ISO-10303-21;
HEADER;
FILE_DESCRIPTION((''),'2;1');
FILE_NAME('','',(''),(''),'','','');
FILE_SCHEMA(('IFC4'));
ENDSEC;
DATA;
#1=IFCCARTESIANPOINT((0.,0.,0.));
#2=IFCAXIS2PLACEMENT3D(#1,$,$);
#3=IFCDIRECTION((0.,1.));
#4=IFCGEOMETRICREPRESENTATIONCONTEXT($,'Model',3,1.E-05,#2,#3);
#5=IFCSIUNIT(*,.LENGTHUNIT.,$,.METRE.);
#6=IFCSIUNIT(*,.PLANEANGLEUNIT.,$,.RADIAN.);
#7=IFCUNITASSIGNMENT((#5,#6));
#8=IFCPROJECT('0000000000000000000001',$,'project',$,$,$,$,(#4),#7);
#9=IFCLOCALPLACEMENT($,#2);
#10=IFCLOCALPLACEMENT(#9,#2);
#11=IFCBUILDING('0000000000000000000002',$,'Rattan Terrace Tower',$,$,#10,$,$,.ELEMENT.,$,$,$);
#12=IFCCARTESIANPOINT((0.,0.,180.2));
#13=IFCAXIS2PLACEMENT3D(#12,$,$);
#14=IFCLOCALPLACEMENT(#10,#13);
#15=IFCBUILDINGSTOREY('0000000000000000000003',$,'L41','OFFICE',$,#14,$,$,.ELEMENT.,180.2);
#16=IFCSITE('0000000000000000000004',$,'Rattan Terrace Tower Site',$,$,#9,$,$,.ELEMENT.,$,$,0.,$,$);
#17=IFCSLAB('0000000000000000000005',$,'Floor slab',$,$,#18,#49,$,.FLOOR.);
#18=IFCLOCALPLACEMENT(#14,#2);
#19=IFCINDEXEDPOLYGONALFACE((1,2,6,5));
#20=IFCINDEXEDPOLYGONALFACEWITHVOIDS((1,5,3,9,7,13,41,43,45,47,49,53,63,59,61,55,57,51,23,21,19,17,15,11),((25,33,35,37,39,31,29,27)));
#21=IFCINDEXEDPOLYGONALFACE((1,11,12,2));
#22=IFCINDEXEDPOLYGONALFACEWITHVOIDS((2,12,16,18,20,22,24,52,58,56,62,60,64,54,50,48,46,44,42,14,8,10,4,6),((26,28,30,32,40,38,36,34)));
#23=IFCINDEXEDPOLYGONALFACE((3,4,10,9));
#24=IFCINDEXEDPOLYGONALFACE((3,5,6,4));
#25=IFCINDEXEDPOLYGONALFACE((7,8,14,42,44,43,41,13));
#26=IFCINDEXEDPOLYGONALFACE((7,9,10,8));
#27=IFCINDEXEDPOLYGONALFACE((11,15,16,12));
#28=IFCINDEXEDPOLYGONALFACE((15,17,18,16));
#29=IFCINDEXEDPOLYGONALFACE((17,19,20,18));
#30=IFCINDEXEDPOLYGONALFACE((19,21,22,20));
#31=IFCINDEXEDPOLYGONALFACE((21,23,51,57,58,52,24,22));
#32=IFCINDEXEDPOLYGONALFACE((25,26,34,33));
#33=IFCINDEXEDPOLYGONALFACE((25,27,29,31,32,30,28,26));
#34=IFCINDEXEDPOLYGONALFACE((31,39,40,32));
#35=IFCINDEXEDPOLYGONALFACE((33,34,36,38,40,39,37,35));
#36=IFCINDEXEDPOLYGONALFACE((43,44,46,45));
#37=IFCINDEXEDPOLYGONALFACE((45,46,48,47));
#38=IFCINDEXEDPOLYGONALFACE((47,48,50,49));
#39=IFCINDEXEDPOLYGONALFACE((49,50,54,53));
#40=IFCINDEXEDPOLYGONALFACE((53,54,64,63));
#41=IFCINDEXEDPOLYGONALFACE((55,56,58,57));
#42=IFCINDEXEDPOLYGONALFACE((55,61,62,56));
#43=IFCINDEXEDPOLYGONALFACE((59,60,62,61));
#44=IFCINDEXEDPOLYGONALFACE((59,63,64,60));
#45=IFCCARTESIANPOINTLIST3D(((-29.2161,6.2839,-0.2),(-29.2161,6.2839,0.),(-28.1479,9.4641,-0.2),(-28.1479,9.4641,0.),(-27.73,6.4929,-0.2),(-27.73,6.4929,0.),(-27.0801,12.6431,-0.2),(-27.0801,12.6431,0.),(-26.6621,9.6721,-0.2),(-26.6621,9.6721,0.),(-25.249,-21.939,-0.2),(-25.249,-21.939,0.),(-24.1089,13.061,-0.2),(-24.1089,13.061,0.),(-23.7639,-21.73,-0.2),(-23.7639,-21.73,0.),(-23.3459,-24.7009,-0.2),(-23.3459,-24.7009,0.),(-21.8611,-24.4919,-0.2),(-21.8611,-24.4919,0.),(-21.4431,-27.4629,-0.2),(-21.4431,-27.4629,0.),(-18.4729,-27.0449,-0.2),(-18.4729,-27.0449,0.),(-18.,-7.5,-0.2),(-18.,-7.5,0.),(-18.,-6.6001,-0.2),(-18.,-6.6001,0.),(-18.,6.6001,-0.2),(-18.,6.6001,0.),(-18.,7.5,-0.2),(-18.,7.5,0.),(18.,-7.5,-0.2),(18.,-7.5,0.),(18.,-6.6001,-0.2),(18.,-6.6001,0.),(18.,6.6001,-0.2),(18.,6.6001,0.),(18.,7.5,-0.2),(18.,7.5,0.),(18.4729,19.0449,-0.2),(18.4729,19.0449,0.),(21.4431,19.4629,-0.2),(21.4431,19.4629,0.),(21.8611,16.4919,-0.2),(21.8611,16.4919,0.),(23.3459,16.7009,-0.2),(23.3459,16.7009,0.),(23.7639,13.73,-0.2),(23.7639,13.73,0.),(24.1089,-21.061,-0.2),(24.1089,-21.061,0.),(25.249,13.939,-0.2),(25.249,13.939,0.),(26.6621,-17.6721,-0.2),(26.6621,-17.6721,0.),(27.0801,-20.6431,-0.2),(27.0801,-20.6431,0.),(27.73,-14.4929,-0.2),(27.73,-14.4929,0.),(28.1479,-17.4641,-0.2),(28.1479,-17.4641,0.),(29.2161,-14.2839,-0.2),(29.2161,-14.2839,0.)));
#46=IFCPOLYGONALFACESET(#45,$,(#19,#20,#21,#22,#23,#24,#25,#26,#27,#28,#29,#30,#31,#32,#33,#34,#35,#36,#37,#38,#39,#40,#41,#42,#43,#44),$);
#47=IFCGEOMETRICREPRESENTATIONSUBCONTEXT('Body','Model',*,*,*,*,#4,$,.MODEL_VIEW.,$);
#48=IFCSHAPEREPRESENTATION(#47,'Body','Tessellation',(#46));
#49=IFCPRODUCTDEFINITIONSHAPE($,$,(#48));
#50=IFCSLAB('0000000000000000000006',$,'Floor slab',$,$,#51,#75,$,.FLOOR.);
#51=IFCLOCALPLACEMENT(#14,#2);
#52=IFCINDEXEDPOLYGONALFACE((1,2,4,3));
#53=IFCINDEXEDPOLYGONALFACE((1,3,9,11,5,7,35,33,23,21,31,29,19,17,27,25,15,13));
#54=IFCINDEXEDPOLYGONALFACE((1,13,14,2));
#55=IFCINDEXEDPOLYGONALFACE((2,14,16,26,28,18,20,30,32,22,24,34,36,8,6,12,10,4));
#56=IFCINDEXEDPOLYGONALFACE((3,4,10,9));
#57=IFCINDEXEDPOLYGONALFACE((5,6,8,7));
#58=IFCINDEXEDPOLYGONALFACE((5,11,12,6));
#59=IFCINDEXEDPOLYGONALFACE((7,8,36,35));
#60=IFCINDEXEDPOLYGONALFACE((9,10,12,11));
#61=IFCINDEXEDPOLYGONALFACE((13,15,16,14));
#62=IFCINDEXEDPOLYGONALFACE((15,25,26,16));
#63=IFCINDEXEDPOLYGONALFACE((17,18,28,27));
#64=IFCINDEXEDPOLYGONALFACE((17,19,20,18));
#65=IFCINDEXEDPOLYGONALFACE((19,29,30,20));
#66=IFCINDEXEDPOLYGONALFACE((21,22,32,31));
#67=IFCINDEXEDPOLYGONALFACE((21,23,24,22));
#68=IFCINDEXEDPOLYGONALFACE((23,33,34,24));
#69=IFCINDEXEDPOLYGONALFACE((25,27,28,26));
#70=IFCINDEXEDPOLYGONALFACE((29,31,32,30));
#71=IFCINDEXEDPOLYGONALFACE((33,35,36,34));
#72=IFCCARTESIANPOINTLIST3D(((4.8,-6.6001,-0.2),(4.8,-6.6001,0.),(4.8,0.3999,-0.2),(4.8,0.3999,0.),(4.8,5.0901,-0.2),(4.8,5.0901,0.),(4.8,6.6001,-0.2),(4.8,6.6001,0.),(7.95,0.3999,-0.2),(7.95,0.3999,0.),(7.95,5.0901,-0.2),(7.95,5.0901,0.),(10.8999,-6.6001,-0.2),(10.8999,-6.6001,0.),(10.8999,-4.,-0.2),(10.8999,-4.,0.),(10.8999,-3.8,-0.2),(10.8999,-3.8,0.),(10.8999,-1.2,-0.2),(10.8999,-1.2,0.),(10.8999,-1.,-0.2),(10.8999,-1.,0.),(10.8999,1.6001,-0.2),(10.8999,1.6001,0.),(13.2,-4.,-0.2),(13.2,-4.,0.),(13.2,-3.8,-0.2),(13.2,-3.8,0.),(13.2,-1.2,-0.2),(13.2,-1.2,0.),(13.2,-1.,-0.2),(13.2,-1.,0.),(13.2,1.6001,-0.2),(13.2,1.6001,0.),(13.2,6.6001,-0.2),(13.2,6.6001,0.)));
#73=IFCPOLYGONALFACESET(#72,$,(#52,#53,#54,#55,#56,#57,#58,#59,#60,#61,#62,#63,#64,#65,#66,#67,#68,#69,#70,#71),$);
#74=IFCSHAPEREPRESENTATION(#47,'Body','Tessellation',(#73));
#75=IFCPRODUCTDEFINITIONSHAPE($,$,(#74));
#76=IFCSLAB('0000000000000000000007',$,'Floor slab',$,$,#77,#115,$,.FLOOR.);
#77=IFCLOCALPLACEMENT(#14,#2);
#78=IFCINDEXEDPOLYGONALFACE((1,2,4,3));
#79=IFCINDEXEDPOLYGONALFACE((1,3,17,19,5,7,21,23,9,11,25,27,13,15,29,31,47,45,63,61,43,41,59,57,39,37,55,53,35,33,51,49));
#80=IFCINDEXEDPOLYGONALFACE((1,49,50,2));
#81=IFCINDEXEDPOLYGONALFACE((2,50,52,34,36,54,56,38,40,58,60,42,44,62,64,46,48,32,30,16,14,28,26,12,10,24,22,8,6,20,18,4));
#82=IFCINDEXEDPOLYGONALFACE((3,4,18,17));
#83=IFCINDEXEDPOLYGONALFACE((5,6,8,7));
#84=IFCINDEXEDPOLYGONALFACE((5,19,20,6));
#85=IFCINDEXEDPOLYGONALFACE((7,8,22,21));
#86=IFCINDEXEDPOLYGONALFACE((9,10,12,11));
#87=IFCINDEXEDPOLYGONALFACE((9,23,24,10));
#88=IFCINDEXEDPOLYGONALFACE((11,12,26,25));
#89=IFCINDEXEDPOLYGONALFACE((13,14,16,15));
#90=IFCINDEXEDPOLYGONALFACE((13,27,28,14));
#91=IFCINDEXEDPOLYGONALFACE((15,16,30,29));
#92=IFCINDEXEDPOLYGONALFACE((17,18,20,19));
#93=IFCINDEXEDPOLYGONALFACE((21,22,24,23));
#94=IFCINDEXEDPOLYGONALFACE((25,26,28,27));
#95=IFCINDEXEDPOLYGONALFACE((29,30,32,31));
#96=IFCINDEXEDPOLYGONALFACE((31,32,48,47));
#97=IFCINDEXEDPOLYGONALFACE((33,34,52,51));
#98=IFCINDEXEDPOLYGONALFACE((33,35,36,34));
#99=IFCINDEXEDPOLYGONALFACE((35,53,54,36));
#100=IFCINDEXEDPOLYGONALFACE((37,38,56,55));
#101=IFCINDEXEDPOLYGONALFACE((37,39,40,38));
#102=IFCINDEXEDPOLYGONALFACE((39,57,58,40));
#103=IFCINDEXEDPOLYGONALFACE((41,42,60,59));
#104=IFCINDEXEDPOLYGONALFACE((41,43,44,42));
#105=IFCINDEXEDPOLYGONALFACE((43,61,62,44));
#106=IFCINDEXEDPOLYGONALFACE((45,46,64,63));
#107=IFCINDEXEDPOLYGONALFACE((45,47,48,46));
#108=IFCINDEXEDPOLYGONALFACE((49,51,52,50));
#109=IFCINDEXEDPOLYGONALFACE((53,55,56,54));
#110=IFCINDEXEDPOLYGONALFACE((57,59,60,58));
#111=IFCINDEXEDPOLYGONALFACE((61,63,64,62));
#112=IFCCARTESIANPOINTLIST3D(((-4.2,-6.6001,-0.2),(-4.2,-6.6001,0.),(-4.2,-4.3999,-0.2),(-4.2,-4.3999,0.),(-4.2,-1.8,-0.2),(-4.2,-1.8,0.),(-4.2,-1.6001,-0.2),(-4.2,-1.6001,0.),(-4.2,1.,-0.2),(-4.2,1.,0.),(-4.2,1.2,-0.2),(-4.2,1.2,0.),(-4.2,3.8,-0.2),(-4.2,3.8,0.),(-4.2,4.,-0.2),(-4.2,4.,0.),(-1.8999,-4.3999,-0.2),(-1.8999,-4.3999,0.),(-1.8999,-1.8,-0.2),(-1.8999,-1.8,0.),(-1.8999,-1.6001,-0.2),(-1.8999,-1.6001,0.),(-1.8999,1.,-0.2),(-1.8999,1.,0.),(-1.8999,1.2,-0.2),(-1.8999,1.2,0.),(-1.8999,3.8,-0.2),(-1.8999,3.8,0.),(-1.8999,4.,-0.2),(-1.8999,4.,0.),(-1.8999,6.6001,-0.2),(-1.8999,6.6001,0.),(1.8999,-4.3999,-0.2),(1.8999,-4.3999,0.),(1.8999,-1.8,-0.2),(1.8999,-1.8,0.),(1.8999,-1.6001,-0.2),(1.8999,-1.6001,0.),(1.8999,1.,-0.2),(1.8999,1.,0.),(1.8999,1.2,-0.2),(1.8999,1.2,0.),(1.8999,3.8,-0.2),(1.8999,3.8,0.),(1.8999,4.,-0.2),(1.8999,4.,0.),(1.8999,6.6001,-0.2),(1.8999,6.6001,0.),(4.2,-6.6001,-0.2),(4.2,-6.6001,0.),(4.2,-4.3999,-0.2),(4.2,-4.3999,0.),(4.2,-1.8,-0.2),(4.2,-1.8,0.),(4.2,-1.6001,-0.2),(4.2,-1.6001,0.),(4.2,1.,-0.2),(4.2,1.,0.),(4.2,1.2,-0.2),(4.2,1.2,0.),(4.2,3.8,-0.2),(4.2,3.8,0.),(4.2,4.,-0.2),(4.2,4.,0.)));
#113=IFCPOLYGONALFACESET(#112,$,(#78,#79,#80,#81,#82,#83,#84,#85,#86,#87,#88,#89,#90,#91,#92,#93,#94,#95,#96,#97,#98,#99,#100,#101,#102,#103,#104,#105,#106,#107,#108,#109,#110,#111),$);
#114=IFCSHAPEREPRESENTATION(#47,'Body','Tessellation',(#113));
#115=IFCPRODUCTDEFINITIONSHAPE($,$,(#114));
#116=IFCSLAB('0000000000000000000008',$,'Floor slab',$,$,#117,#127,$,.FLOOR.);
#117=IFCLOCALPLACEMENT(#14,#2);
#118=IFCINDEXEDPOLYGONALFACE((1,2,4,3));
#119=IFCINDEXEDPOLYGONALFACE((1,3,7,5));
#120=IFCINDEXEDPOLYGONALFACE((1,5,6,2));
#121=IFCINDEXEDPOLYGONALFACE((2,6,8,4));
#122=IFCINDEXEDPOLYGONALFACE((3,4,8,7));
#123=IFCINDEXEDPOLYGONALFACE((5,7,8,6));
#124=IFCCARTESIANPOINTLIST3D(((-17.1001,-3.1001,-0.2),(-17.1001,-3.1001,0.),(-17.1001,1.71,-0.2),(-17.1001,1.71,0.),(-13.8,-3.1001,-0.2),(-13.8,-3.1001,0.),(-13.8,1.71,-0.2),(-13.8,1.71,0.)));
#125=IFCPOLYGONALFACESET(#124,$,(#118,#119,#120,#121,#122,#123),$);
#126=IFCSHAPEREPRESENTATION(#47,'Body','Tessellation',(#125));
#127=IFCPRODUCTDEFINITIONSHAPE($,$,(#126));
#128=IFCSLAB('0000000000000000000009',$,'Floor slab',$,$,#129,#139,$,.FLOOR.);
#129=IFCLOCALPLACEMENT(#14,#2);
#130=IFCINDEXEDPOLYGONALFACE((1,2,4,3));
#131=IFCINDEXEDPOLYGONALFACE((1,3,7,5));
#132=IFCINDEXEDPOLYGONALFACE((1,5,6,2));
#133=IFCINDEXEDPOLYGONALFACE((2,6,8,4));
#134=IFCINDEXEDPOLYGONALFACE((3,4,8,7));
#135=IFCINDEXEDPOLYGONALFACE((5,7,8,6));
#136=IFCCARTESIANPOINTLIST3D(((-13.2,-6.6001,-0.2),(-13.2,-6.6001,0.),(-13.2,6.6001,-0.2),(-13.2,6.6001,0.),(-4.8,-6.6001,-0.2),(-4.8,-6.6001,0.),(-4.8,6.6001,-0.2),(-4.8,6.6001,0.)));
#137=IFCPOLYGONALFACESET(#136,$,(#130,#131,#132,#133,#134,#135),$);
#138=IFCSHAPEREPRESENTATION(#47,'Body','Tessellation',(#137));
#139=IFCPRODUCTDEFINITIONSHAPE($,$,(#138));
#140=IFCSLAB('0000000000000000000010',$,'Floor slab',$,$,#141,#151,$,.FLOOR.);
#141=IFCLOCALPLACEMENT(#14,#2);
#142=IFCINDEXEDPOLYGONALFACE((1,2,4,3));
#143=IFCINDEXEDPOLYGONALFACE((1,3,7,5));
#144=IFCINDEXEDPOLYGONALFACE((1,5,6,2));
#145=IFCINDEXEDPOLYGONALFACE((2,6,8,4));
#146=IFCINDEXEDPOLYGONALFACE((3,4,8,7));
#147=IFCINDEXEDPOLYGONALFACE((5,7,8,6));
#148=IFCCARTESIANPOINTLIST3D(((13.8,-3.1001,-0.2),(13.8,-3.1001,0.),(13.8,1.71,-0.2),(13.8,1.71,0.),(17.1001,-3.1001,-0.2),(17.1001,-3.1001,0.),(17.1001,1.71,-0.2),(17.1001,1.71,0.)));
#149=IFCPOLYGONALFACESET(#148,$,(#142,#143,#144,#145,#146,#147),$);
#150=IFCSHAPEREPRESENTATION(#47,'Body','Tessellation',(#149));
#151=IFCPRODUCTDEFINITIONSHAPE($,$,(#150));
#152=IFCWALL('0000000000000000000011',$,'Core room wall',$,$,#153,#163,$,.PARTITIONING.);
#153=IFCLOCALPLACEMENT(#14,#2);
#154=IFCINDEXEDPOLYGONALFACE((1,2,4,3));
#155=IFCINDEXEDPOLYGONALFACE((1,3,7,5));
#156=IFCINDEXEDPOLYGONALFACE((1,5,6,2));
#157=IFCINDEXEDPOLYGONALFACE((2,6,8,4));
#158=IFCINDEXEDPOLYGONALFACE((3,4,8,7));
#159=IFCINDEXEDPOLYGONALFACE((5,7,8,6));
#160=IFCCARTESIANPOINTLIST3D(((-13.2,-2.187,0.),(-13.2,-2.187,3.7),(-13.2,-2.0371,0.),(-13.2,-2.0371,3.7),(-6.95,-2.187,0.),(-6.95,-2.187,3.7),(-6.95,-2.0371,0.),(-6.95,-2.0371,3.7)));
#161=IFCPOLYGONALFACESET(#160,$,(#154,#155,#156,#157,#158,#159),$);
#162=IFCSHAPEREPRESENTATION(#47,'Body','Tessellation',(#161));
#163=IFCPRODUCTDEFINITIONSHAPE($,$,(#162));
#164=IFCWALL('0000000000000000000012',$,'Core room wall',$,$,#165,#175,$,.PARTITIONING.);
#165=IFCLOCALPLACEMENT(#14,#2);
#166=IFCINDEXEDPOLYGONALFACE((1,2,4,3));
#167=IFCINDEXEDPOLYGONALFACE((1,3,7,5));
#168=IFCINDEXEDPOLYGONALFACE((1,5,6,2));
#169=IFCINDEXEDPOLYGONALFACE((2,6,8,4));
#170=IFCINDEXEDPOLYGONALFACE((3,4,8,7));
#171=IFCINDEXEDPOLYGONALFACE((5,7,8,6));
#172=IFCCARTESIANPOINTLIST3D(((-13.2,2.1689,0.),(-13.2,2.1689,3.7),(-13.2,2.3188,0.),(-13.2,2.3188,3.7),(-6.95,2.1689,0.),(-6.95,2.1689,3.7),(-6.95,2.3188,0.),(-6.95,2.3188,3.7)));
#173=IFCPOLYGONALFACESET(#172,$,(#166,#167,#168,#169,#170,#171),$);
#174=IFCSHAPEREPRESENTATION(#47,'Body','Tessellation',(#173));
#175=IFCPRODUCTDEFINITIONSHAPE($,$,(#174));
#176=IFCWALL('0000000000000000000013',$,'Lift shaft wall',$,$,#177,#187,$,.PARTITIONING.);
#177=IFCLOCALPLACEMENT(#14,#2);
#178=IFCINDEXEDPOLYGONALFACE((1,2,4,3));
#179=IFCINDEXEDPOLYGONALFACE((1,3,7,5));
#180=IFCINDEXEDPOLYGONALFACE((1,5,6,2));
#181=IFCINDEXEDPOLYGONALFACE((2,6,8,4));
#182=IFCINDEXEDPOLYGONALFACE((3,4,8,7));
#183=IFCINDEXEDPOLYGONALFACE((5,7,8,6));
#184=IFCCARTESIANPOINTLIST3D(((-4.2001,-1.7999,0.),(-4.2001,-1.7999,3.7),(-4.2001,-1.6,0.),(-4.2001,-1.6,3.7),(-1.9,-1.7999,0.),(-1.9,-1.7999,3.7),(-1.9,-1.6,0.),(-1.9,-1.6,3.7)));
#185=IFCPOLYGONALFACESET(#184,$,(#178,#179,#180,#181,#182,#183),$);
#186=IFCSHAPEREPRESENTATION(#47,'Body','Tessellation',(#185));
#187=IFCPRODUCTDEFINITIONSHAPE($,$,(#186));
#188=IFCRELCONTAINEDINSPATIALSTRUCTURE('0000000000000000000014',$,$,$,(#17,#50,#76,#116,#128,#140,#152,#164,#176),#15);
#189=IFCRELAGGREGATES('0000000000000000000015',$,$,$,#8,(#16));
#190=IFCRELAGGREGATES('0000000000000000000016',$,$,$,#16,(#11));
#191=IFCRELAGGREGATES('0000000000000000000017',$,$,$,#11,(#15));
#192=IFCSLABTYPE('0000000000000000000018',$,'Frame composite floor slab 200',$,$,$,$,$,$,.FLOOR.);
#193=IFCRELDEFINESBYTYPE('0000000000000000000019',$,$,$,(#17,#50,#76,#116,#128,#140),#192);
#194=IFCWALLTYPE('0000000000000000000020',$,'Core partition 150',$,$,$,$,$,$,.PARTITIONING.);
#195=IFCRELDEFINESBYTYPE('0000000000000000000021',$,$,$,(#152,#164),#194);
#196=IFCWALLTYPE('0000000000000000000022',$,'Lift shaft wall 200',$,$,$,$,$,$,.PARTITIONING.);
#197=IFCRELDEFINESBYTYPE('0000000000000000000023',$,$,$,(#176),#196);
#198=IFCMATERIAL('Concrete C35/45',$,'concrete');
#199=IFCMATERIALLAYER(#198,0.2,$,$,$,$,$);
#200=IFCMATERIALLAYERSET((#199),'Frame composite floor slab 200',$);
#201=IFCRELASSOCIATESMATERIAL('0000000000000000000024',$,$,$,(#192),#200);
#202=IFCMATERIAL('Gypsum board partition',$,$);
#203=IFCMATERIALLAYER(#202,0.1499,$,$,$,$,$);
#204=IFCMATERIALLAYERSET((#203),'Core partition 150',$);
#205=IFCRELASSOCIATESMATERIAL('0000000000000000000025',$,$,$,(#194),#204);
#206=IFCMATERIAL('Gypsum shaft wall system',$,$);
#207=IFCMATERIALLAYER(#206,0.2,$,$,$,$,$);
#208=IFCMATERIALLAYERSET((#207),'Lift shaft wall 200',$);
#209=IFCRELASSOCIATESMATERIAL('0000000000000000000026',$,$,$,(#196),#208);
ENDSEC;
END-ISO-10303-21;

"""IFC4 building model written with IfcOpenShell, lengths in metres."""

from ifc_helpers import new_model, si_unit, direction, frame, frame_2d, origin, place, context, subcontext, project, spatial, polyline, rectangle, outline, extrude, material, layer, layer_set, type_object, element, save


model = new_model("IFC4")

# Units and contexts
model_context = context("Model", 3, precision=1e-05, world=origin(), true_north=direction((0.0, 1.0)))
body_context = subcontext(model_context, "Body", "Model", "MODEL_VIEW")
ifc_project = project(units=[si_unit("LENGTHUNIT", "METRE"), si_unit("PLANEANGLEUNIT", "RADIAN")], contexts=[model_context])

# Site, building, storey
site_placement = place(None, origin())
site = spatial("IfcSite", under=ifc_project, at=site_placement, Name="Rattan Terrace Tower Site", CompositionType="ELEMENT", RefElevation=0.0)
building_placement = place(site_placement, origin())
building = spatial("IfcBuilding", under=site, at=building_placement, Name="Rattan Terrace Tower", CompositionType="ELEMENT")
storey_placement = place(building_placement, frame((0.0, 0.0, 180.2)))
storey = spatial("IfcBuildingStorey", under=building, at=storey_placement, Name="L41", Description="OFFICE", CompositionType="ELEMENT", Elevation=180.2)

# Slabs
ifc_material_1 = material(Name="Concrete C35/45", Category="concrete")
ifc_layer_1 = layer(ifc_material_1, 0.2)
ifc_layer_set_1 = layer_set([ifc_layer_1], Name="Frame composite floor slab 200")
slab_type_1 = type_object("IfcSlabType", Name="Frame composite floor slab 200", PredefinedType="FLOOR", material=ifc_layer_set_1)
slab_1_placement = place(storey_placement, frame((0.0, 0.0, -0.2)))
element("IfcSlab", 1, at=slab_1_placement, inside=storey, type_object=slab_type_1, Name="Floor slab", PredefinedType="FLOOR", context=body_context, shape_type="SweptSolid", body=[
    extrude(outline(polyline([(-18.4729, -27.0449), (24.1089, -21.061), (27.0801, -20.6431), (26.6621, -17.6721), (28.1479, -17.4641), (27.73, -14.4929), (29.2161, -14.2839), (25.249, 13.939), (23.7639, 13.73), (23.3459, 16.7009), (21.8611, 16.4919), (21.4431, 19.4629), (18.4729, 19.0449), (-24.1089, 13.061), (-27.0801, 12.6431), (-26.6621, 9.6721), (-28.1479, 9.4641), (-27.73, 6.4929), (-29.2161, 6.2839), (-25.249, -21.939), (-23.7639, -21.73), (-23.3459, -24.7009), (-21.8611, -24.4919), (-21.4431, -27.4629), (-18.4729, -27.0449)]), holes=[polyline([(-18.0, -7.5), (18.0, -7.5), (18.0, -6.6001), (18.0, 6.6001), (18.0, 7.5), (-18.0, 7.5), (-18.0, 6.6001), (-18.0, -6.6001), (-18.0, -7.5)])]), origin(), (0.0, 0.0, 1.0), 0.2),
])
slab_2_placement = place(storey_placement, frame((0.0, 0.0, -0.2)))
element("IfcSlab", 2, at=slab_2_placement, inside=storey, type_object=slab_type_1, Name="Floor slab", PredefinedType="FLOOR", context=body_context, shape_type="SweptSolid", body=[
    extrude(outline(polyline([(13.2, 6.6001), (4.8, 6.6001), (4.8, 5.0901), (7.95, 5.0901), (7.95, 0.3999), (4.8, 0.3999), (4.8, -6.6001), (10.8999, -6.6001), (10.8999, -4.0), (13.2, -4.0), (13.2, -3.8), (10.8999, -3.8), (10.8999, -1.2), (13.2, -1.2), (13.2, -1.0), (10.8999, -1.0), (10.8999, 1.6001), (13.2, 1.6001), (13.2, 6.6001)])), origin(), (0.0, 0.0, 1.0), 0.2),
])
slab_3_placement = place(storey_placement, frame((0.0, 0.0, -0.2)))
element("IfcSlab", 3, at=slab_3_placement, inside=storey, type_object=slab_type_1, Name="Floor slab", PredefinedType="FLOOR", context=body_context, shape_type="SweptSolid", body=[
    extrude(outline(polyline([(1.8999, 6.6001), (-1.8999, 6.6001), (-1.8999, 4.0), (-4.2, 4.0), (-4.2, 3.8), (-1.8999, 3.8), (-1.8999, 1.2), (-4.2, 1.2), (-4.2, 1.0), (-1.8999, 1.0), (-1.8999, -1.6001), (-4.2, -1.6001), (-4.2, -1.8), (-1.8999, -1.8), (-1.8999, -4.3999), (-4.2, -4.3999), (-4.2, -6.6001), (4.2, -6.6001), (4.2, -4.3999), (1.8999, -4.3999), (1.8999, -1.8), (4.2, -1.8), (4.2, -1.6001), (1.8999, -1.6001), (1.8999, 1.0), (4.2, 1.0), (4.2, 1.2), (1.8999, 1.2), (1.8999, 3.8), (4.2, 3.8), (4.2, 4.0), (1.8999, 4.0), (1.8999, 6.6001)])), origin(), (0.0, 0.0, 1.0), 0.2),
])
slab_4_placement = place(storey_placement, frame((0.0, 0.0, -0.2)))
element("IfcSlab", 4, at=slab_4_placement, inside=storey, type_object=slab_type_1, Name="Floor slab", PredefinedType="FLOOR", context=body_context, shape_type="SweptSolid", body=[
    extrude(outline(polyline([(-17.1001, -3.1001), (-13.8, -3.1001), (-13.8, 1.71), (-17.1001, 1.71), (-17.1001, -3.1001)])), origin(), (0.0, 0.0, 1.0), 0.2),
])
slab_5_placement = place(storey_placement, frame((0.0, 0.0, -0.2)))
element("IfcSlab", 5, at=slab_5_placement, inside=storey, type_object=slab_type_1, Name="Floor slab", PredefinedType="FLOOR", context=body_context, shape_type="SweptSolid", body=[
    extrude(outline(polyline([(-4.8, -6.6001), (-4.8, 6.6001), (-13.2, 6.6001), (-13.2, -6.6001), (-4.8, -6.6001)])), origin(), (0.0, 0.0, 1.0), 0.2),
])
slab_6_placement = place(storey_placement, frame((0.0, 0.0, -0.2)))
element("IfcSlab", 6, at=slab_6_placement, inside=storey, type_object=slab_type_1, Name="Floor slab", PredefinedType="FLOOR", context=body_context, shape_type="SweptSolid", body=[
    extrude(outline(polyline([(13.8, -3.1001), (17.1001, -3.1001), (17.1001, 1.71), (13.8, 1.71), (13.8, -3.1001)])), origin(), (0.0, 0.0, 1.0), 0.2),
])

# Walls
ifc_material_2 = material(Name="Gypsum board partition")
ifc_layer_2 = layer(ifc_material_2, 0.1499)
ifc_layer_set_2 = layer_set([ifc_layer_2], Name="Core partition 150")
wall_type_1 = type_object("IfcWallType", Name="Core partition 150", PredefinedType="PARTITIONING", material=ifc_layer_set_2)
for number, where, z_axis, x_axis, name in (
    (7, (-13.2, -2.1121, 0.0), (0.0, 0.0, 1.0), (1.0, 0.0, 0.0), "Core room wall"),
    (8, (-13.2, 2.2439, 0.0), (0.0, 0.0, 1.0), (1.0, 0.0, 0.0), "Core room wall"),
):
    element("IfcWall", number, at=place(storey_placement, frame(where, z_axis=z_axis, x_axis=x_axis)), inside=storey, type_object=wall_type_1, Name=name, PredefinedType="PARTITIONING", context=body_context, shape_type="SweptSolid", body=[
        extrude(rectangle(XDim=6.25, YDim=0.1499, at=frame_2d((3.125, 0.0))), origin(), (0.0, 0.0, 1.0), 3.7),
    ])
ifc_material_3 = material(Name="Gypsum shaft wall system")
ifc_layer_3 = layer(ifc_material_3, 0.2)
ifc_layer_set_3 = layer_set([ifc_layer_3], Name="Lift shaft wall 200")
wall_type_2 = type_object("IfcWallType", Name="Lift shaft wall 200", PredefinedType="PARTITIONING", material=ifc_layer_set_3)
for number, where, z_axis, x_axis, name in (
    (9, (-4.2, -1.7, 0.0), (0.0, 0.0, 1.0), (1.0, 0.0, 0.0), "Lift shaft wall"),
):
    element("IfcWall", number, at=place(storey_placement, frame(where, z_axis=z_axis, x_axis=x_axis)), inside=storey, type_object=wall_type_2, Name=name, PredefinedType="PARTITIONING", context=body_context, shape_type="SweptSolid", body=[
        extrude(rectangle(XDim=2.3, YDim=0.2, at=frame_2d((1.1499, 0.0))), origin(), (0.0, 0.0, 1.0), 3.7),
    ])

save(model, "model.ifc")
